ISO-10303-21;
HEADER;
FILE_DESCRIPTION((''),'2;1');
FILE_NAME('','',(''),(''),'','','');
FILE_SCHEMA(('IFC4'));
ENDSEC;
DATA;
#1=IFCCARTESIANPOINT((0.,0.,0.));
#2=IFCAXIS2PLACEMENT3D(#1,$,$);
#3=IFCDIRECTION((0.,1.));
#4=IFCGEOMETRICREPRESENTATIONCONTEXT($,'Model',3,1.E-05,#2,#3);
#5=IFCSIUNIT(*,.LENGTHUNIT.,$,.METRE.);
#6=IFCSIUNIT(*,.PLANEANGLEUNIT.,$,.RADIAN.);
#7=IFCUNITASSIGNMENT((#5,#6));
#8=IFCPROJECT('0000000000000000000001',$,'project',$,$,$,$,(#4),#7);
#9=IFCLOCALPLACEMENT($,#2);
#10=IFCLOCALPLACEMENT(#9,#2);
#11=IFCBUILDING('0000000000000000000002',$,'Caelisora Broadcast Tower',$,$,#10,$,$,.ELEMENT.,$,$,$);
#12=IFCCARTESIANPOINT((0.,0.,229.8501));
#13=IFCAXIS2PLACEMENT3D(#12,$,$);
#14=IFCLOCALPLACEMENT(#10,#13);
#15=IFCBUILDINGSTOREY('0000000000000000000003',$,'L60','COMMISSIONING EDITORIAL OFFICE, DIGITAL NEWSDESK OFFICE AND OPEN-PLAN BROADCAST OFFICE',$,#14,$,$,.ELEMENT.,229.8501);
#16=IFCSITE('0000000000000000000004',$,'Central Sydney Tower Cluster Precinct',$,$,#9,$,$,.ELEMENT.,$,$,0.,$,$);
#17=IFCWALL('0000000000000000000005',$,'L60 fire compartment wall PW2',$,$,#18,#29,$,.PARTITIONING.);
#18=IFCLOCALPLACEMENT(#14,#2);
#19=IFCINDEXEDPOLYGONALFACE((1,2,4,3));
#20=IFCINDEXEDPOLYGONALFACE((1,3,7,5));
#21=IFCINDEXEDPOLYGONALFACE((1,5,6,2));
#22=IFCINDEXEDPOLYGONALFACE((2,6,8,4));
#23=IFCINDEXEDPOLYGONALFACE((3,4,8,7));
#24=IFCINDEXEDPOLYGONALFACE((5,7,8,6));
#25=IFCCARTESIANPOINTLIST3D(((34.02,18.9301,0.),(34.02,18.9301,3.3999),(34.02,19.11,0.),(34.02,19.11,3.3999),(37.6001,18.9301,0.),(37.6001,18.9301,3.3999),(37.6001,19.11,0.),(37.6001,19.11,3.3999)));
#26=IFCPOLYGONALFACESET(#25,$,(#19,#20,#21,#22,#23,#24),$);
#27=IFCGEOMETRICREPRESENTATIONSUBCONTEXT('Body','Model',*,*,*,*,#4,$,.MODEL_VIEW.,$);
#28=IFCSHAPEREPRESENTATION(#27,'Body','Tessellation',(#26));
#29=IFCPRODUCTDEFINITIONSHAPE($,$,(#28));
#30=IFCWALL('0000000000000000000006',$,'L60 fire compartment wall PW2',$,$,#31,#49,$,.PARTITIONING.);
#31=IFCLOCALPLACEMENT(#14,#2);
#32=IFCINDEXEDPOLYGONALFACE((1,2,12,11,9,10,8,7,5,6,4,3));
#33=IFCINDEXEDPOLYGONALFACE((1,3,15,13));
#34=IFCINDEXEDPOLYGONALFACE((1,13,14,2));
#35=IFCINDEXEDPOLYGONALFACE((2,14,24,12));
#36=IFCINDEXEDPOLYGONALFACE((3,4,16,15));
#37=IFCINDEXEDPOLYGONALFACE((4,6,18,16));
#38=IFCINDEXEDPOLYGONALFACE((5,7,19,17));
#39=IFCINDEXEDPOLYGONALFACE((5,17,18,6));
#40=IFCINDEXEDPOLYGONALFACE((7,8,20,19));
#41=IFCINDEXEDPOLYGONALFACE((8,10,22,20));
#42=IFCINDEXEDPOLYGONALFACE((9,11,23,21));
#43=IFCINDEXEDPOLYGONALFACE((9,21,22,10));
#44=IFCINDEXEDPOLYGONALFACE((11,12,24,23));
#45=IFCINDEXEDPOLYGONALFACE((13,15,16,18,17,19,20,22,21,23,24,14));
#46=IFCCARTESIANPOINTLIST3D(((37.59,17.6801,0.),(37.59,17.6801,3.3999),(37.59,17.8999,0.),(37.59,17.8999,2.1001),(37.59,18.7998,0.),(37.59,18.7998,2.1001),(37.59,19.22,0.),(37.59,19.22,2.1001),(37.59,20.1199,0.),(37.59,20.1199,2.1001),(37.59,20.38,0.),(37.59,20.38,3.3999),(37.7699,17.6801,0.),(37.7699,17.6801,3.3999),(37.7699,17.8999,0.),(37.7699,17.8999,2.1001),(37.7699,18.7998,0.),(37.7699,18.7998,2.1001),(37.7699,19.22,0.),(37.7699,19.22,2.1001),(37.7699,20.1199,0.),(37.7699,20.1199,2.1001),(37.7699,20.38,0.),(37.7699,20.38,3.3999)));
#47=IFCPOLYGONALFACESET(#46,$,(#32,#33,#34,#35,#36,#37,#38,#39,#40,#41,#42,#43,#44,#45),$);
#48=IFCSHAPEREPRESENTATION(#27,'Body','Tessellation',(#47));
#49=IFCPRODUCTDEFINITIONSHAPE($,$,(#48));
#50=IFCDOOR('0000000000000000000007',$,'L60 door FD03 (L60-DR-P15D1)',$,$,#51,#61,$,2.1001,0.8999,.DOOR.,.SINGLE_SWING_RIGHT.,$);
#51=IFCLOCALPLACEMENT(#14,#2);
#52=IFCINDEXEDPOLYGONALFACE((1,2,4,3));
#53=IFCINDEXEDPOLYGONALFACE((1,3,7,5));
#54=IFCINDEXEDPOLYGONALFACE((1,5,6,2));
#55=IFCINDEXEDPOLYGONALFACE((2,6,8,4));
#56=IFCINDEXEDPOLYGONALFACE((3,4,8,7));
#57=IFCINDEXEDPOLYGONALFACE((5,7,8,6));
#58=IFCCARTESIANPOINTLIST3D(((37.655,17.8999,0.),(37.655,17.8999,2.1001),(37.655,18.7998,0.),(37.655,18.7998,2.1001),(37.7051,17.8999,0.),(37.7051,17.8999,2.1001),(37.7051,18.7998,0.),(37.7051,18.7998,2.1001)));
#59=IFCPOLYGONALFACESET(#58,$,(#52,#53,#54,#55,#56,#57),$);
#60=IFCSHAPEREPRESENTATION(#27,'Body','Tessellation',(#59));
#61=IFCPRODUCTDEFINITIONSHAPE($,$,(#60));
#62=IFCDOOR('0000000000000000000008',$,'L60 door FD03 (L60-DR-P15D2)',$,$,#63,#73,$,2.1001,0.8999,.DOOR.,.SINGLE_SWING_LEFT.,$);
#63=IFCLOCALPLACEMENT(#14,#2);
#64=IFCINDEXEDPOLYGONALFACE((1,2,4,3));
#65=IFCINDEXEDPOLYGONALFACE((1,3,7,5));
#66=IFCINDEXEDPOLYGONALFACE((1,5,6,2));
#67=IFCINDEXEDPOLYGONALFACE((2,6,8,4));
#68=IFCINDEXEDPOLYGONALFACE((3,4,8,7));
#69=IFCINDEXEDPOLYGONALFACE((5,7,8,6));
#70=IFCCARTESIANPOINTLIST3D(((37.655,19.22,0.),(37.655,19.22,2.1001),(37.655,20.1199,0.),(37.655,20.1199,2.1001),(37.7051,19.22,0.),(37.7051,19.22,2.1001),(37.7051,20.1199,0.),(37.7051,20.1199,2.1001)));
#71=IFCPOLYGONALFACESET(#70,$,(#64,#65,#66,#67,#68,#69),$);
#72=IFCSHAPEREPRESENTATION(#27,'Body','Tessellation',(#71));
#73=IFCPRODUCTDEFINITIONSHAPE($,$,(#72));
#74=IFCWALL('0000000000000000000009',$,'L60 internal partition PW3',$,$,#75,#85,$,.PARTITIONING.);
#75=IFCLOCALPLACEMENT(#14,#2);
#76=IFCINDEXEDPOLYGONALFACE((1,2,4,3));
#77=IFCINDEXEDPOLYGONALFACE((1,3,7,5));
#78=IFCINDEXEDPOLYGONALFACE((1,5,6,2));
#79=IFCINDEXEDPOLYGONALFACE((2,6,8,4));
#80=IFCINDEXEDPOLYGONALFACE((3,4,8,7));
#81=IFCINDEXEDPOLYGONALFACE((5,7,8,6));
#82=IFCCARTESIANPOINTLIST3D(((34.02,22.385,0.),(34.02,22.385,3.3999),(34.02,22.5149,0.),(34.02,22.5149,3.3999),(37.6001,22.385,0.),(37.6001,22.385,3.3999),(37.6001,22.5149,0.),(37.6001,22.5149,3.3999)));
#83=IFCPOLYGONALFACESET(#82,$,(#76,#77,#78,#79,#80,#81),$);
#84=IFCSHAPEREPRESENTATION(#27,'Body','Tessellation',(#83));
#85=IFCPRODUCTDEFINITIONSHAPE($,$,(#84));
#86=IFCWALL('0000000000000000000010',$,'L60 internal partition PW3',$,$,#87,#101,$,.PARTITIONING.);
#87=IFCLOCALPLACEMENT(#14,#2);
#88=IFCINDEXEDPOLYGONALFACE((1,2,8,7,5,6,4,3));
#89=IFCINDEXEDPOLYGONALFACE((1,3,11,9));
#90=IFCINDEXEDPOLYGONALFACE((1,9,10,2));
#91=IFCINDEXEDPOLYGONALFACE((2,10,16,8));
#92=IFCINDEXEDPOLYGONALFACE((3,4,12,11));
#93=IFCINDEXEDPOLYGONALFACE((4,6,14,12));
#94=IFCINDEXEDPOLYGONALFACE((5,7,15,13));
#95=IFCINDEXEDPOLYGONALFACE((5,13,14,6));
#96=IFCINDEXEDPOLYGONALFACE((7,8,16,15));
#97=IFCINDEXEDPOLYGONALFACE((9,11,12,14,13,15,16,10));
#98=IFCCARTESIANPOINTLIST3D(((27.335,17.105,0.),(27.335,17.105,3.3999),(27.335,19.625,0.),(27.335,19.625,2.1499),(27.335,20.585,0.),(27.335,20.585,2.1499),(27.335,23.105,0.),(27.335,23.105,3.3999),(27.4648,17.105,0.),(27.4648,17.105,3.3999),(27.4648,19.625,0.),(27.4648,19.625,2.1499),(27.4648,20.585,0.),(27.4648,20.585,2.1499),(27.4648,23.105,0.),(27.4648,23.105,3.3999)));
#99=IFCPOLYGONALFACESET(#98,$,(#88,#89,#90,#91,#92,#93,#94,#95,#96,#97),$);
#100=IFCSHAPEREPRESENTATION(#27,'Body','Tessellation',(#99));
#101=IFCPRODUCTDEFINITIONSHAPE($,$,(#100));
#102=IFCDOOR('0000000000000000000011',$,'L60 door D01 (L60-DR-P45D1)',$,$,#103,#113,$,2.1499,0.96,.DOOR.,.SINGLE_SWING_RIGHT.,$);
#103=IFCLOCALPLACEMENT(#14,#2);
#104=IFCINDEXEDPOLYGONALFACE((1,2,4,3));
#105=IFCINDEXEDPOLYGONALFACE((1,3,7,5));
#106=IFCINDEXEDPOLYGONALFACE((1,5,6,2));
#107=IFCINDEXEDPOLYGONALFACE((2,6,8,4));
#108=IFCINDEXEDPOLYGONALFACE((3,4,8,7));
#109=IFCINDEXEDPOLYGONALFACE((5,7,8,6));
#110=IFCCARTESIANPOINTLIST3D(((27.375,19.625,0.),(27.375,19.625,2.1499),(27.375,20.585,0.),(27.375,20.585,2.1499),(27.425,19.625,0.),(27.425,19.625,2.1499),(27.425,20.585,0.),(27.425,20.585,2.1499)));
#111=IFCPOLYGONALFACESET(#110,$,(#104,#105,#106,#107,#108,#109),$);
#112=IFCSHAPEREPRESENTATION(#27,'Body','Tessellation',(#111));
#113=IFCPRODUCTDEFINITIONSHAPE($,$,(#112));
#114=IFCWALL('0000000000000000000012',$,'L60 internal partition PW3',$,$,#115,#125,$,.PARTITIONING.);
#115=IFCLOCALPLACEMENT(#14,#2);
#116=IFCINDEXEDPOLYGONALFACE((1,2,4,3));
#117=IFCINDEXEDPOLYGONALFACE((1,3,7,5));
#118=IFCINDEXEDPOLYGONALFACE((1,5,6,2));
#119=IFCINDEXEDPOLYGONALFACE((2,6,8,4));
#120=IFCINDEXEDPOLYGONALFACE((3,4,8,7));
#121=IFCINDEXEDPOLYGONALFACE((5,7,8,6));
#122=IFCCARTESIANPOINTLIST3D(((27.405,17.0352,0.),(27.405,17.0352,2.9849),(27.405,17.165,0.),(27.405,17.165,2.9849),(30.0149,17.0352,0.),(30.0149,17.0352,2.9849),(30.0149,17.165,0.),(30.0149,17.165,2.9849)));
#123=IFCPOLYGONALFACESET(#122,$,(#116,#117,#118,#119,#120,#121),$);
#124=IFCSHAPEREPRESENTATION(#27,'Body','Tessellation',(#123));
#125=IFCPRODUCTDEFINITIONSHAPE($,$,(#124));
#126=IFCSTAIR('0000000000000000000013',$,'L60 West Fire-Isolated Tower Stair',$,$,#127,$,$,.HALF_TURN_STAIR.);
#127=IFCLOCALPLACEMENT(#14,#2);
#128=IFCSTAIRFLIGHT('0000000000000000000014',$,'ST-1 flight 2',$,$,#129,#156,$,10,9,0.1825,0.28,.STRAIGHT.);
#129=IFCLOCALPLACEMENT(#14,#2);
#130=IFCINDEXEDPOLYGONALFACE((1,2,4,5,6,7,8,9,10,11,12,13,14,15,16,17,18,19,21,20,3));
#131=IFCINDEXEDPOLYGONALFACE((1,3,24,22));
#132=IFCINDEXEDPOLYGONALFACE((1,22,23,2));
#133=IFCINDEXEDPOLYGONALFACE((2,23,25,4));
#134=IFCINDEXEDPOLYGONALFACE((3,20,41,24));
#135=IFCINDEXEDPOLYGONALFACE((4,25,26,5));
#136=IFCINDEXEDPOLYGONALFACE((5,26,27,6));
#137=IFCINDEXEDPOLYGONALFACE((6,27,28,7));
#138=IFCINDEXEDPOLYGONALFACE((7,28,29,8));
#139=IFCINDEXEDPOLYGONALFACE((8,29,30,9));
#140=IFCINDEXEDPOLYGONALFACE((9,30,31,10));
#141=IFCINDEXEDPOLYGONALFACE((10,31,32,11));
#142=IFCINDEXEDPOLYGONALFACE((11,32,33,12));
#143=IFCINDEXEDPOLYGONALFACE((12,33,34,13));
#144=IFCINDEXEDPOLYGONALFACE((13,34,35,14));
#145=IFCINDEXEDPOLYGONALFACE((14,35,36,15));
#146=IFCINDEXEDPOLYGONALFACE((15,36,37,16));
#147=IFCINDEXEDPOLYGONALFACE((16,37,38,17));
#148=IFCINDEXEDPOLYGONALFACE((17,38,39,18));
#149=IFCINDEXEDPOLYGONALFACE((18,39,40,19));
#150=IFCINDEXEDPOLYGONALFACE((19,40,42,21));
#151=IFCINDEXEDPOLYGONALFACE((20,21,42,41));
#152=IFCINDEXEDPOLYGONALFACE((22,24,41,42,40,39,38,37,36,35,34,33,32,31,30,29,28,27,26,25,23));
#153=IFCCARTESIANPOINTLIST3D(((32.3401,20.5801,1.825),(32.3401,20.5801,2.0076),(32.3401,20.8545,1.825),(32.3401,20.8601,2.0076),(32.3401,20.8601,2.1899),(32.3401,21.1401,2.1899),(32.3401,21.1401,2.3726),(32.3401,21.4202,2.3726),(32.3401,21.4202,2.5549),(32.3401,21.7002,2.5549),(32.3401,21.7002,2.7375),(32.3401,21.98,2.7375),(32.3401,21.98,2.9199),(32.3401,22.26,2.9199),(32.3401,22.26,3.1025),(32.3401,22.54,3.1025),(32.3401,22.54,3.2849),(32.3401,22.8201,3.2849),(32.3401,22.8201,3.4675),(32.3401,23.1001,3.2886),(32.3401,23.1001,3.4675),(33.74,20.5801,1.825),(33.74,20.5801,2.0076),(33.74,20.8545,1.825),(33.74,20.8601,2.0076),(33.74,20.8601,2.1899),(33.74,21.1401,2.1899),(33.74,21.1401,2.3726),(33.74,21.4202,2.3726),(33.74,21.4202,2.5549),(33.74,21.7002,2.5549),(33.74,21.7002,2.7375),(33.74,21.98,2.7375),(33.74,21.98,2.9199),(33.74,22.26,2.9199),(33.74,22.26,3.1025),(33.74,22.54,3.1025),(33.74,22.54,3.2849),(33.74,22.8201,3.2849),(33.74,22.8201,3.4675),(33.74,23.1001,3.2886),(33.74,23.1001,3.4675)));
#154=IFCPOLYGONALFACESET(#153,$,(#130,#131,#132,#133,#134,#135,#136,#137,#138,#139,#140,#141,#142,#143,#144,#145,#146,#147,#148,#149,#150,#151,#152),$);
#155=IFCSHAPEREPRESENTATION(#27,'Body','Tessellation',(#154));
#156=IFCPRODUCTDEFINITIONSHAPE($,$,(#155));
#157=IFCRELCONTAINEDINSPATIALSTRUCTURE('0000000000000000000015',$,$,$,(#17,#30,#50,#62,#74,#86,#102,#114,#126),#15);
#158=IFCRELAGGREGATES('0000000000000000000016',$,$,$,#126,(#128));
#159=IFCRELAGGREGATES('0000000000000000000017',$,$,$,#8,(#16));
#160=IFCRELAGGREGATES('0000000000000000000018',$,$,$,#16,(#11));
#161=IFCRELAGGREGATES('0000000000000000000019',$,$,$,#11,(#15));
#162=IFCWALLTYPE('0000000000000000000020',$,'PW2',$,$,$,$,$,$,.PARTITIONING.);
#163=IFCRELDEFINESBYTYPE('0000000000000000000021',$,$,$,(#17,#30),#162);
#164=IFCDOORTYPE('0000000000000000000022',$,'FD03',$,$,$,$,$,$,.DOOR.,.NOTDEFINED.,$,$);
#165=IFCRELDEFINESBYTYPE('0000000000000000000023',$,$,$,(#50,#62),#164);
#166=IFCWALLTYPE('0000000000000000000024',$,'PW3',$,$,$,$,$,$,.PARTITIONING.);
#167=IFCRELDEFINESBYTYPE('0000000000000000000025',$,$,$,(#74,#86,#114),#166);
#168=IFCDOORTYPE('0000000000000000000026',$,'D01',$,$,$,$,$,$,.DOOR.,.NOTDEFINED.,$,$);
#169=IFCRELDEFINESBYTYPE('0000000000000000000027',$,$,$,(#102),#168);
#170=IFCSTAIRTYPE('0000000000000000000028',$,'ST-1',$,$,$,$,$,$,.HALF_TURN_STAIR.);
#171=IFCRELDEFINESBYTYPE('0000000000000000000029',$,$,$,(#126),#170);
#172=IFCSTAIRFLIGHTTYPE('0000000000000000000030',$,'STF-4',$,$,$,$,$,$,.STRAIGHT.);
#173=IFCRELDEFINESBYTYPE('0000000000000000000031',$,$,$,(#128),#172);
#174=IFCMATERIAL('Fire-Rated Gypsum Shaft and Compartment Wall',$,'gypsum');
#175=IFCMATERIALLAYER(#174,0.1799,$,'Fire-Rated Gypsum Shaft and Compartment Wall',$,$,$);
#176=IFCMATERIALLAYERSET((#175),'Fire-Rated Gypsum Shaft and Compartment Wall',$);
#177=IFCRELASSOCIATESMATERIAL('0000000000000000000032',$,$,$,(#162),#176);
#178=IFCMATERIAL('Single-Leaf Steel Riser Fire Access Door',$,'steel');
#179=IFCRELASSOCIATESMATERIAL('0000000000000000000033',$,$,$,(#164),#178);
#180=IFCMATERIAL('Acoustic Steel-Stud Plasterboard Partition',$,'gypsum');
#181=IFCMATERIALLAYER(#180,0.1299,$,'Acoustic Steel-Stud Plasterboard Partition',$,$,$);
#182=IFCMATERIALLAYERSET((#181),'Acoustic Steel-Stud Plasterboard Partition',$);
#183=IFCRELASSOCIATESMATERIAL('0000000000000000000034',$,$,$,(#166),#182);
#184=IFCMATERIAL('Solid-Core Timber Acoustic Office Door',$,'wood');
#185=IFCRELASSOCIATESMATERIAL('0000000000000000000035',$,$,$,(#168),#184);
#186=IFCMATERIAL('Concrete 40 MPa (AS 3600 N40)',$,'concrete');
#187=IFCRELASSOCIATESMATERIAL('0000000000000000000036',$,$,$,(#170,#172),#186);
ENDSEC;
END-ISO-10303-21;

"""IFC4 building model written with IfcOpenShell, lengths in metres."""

from ifc_helpers import new_model, si_unit, direction, frame, frame_2d, origin, place, context, subcontext, project, spatial, polyline, rectangle, outline, extrude, material, layer, layer_set, type_object, element, fill, aggregate, save


model = new_model("IFC4")

# Units and contexts
model_context = context("Model", 3, precision=1e-05, world=origin(), true_north=direction((0.0, 1.0)))
body_context = subcontext(model_context, "Body", "Model", "MODEL_VIEW")
ifc_project = project(units=[si_unit("LENGTHUNIT", "METRE"), si_unit("PLANEANGLEUNIT", "RADIAN")], contexts=[model_context])

# Site, building, storey
site_placement = place(None, origin())
site = spatial("IfcSite", under=ifc_project, at=site_placement, Name="Central Sydney Tower Cluster Precinct", CompositionType="ELEMENT", RefElevation=0.0)
building_placement = place(site_placement, origin())
building = spatial("IfcBuilding", under=site, at=building_placement, Name="Caelisora Broadcast Tower", CompositionType="ELEMENT")
storey_placement = place(building_placement, frame((0.0, 0.0, 229.8501)))
storey = spatial("IfcBuildingStorey", under=building, at=storey_placement, Name="L60", Description="COMMISSIONING EDITORIAL OFFICE, DIGITAL NEWSDESK OFFICE AND OPEN-PLAN BROADCAST OFFICE", CompositionType="ELEMENT", Elevation=229.8501)

# Wall
ifc_material_1 = material(Name="Concrete 40 MPa (AS 3600 N40)", Category="concrete")
ifc_material_2 = material(Name="Fire-Rated Gypsum Shaft and Compartment Wall", Category="gypsum")
ifc_layer_1 = layer(ifc_material_2, 0.1799, Name="Fire-Rated Gypsum Shaft and Compartment Wall")
ifc_layer_set_1 = layer_set([ifc_layer_1], Name="Fire-Rated Gypsum Shaft and Compartment Wall")
wall_type_1 = type_object("IfcWallType", Name="PW2", PredefinedType="PARTITIONING", material=ifc_layer_set_1)
wall_1_placement = place(storey_placement, frame((34.02, 19.02, 0.0), z_axis=(0.0, 0.0, 1.0), x_axis=(1.0, 0.0, 0.0)))
element("IfcWall", 1, at=wall_1_placement, inside=storey, type_object=wall_type_1, Name="L60 fire compartment wall PW2", PredefinedType="PARTITIONING", context=body_context, shape_type="SweptSolid", body=[
    extrude(rectangle(XDim=3.5801, YDim=0.1799, at=frame_2d((1.79, 0.0))), origin(), (0.0, 0.0, 1.0), 3.3999),
])

# Wall, openings, doors
wall_2_placement = place(storey_placement, frame((37.6799, 17.6799, 0.0), z_axis=(0.0, 0.0, 1.0), x_axis=(0.0, 1.0, 0.0)))
wall_2 = element("IfcWall", 2, at=wall_2_placement, inside=storey, type_object=wall_type_1, Name="L60 fire compartment wall PW2", PredefinedType="PARTITIONING", context=body_context, shape_type="SweptSolid", body=[
    extrude(rectangle(XDim=2.7, YDim=0.1799, at=frame_2d((1.3501, 0.0))), origin(), (0.0, 0.0, 1.0), 3.3999),
])
opening_1_placement = place(wall_2_placement, frame((0.22, 0.0, 0.0)))
opening_1 = element("IfcOpeningElement", 3, at=opening_1_placement, cuts=wall_2, PredefinedType="OPENING", context=body_context, shape_type="SweptSolid", body=[
    extrude(rectangle(XDim=0.8999, YDim=2.1001, at=frame_2d((0.45, 1.05))), frame((0.0, 0.1021, 0.0), z_axis=(0.0, -1.0, 0.0), x_axis=(1.0, 0.0, 0.0)), (0.0, 0.0, 1.0), 0.2039),
])
opening_2_placement = place(wall_2_placement, frame((1.54, 0.0, 0.0)))
opening_2 = element("IfcOpeningElement", 4, at=opening_2_placement, cuts=wall_2, PredefinedType="OPENING", context=body_context, shape_type="SweptSolid", body=[
    extrude(rectangle(XDim=0.8999, YDim=2.1001, at=frame_2d((0.45, 1.05))), frame((0.0, 0.1021, 0.0), z_axis=(0.0, -1.0, 0.0), x_axis=(1.0, 0.0, 0.0)), (0.0, 0.0, 1.0), 0.2039),
])
ifc_material_3 = material(Name="Single-Leaf Steel Riser Fire Access Door", Category="steel")
door_type_1 = type_object("IfcDoorType", Name="FD03", OperationType="NOTDEFINED", PredefinedType="DOOR", material=ifc_material_3)
door_1_placement = place(opening_1_placement, origin())
door_1 = element("IfcDoor", 5, at=door_1_placement, inside=storey, type_object=door_type_1, Name="L60 door FD03 (L60-DR-P15D1)", OperationType="SINGLE_SWING_RIGHT", OverallHeight=2.1001, OverallWidth=0.8999, PredefinedType="DOOR", context=body_context, shape_type="SweptSolid", body=[
    extrude(rectangle(XDim=0.8999, YDim=2.1001, at=frame_2d((0.45, 1.05))), frame((0.0, 0.0249, 0.0), z_axis=(0.0, -1.0, 0.0), x_axis=(1.0, 0.0, 0.0)), (0.0, 0.0, 1.0), 0.05),
])
fill(opening_1, door_1)
door_2_placement = place(opening_2_placement, origin())
door_2 = element("IfcDoor", 6, at=door_2_placement, inside=storey, type_object=door_type_1, Name="L60 door FD03 (L60-DR-P15D2)", OperationType="SINGLE_SWING_LEFT", OverallHeight=2.1001, OverallWidth=0.8999, PredefinedType="DOOR", context=body_context, shape_type="SweptSolid", body=[
    extrude(rectangle(XDim=0.8999, YDim=2.1001, at=frame_2d((0.45, 1.05))), frame((0.0, 0.0249, 0.0), z_axis=(0.0, -1.0, 0.0), x_axis=(1.0, 0.0, 0.0)), (0.0, 0.0, 1.0), 0.05),
])
fill(opening_2, door_2)

# Wall
ifc_material_4 = material(Name="Acoustic Steel-Stud Plasterboard Partition", Category="gypsum")
ifc_layer_2 = layer(ifc_material_4, 0.1299, Name="Acoustic Steel-Stud Plasterboard Partition")
ifc_layer_set_2 = layer_set([ifc_layer_2], Name="Acoustic Steel-Stud Plasterboard Partition")
wall_type_2 = type_object("IfcWallType", Name="PW3", PredefinedType="PARTITIONING", material=ifc_layer_set_2)
wall_3_placement = place(storey_placement, frame((34.02, 22.45, 0.0), z_axis=(0.0, 0.0, 1.0), x_axis=(1.0, 0.0, 0.0)))
element("IfcWall", 7, at=wall_3_placement, inside=storey, type_object=wall_type_2, Name="L60 internal partition PW3", PredefinedType="PARTITIONING", context=body_context, shape_type="SweptSolid", body=[
    extrude(rectangle(XDim=3.5801, YDim=0.1299, at=frame_2d((1.79, 0.0))), origin(), (0.0, 0.0, 1.0), 3.3999),
])

# Wall, opening, door
wall_4_placement = place(storey_placement, frame((27.3999, 17.105, 0.0), z_axis=(0.0, 0.0, 1.0), x_axis=(0.0, 1.0, 0.0)))
wall_4 = element("IfcWall", 8, at=wall_4_placement, inside=storey, type_object=wall_type_2, Name="L60 internal partition PW3", PredefinedType="PARTITIONING", context=body_context, shape_type="SweptSolid", body=[
    extrude(rectangle(XDim=6.0, YDim=0.1299, at=frame_2d((3.0, 0.0))), origin(), (0.0, 0.0, 1.0), 3.3999),
])
opening_3_placement = place(wall_4_placement, frame((2.52, 0.0, 0.0)))
opening_3 = element("IfcOpeningElement", 9, at=opening_3_placement, cuts=wall_4, PredefinedType="OPENING", context=body_context, shape_type="SweptSolid", body=[
    extrude(rectangle(XDim=0.96, YDim=2.1499, at=frame_2d((0.48, 1.075))), frame((0.0, 0.0769, 0.0), z_axis=(0.0, -1.0, 0.0), x_axis=(1.0, 0.0, 0.0)), (0.0, 0.0, 1.0), 0.1538),
])
ifc_material_5 = material(Name="Solid-Core Timber Acoustic Office Door", Category="wood")
door_type_2 = type_object("IfcDoorType", Name="D01", OperationType="NOTDEFINED", PredefinedType="DOOR", material=ifc_material_5)
door_3_placement = place(opening_3_placement, origin())
door_3 = element("IfcDoor", 10, at=door_3_placement, inside=storey, type_object=door_type_2, Name="L60 door D01 (L60-DR-P45D1)", OperationType="SINGLE_SWING_RIGHT", OverallHeight=2.1499, OverallWidth=0.96, PredefinedType="DOOR", context=body_context, shape_type="SweptSolid", body=[
    extrude(rectangle(XDim=0.96, YDim=2.1499, at=frame_2d((0.48, 1.075))), frame((0.0, 0.0249, 0.0), z_axis=(0.0, -1.0, 0.0), x_axis=(1.0, 0.0, 0.0)), (0.0, 0.0, 1.0), 0.05),
])
fill(opening_3, door_3)

# Wall
wall_5_placement = place(storey_placement, frame((30.0149, 17.1001, 0.0), z_axis=(0.0, 0.0, 1.0), x_axis=(-1.0, 0.0, 0.0)))
element("IfcWall", 11, at=wall_5_placement, inside=storey, type_object=wall_type_2, Name="L60 internal partition PW3", PredefinedType="PARTITIONING", context=body_context, shape_type="SweptSolid", body=[
    extrude(rectangle(XDim=2.6099, YDim=0.1299, at=frame_2d((1.3049, 0.0))), origin(), (0.0, 0.0, 1.0), 2.9849),
])

# Stair, stair flight
stair_type = type_object("IfcStairType", Name="ST-1", PredefinedType="HALF_TURN_STAIR", material=ifc_material_1)
stair_placement = place(storey_placement, origin())
stair = element("IfcStair", 12, at=stair_placement, inside=storey, type_object=stair_type, Name="L60 West Fire-Isolated Tower Stair", PredefinedType="HALF_TURN_STAIR")
stair_flight_type = type_object("IfcStairFlightType", Name="STF-4", PredefinedType="STRAIGHT", material=ifc_material_1)
stair_flight_placement = place(storey_placement, frame((33.04, 20.5801, 1.825), z_axis=(0.0, 0.0, 1.0), x_axis=(0.0, 1.0, 0.0)))
stair_flight = element("IfcStairFlight", 13, at=stair_flight_placement, type_object=stair_flight_type, Name="ST-1 flight 2", NumberOfRisers=10, NumberOfTreads=9, PredefinedType="STRAIGHT", RiserHeight=0.1825, TreadLength=0.28, context=body_context, shape_type="SweptSolid", body=[
    extrude(outline(polyline([(0.0, 0.0), (0.0, 0.1826), (0.28, 0.1826), (0.28, 0.365), (0.5601, 0.365), (0.5601, 0.5476), (0.8401, 0.5476), (0.8401, 0.73), (1.1201, 0.73), (1.1201, 0.9126), (1.3999, 0.9126), (1.3999, 1.095), (1.6799, 1.095), (1.6799, 1.2776), (1.96, 1.2776), (1.96, 1.46), (2.24, 1.46), (2.24, 1.6426), (2.52, 1.6426), (2.52, 1.825), (2.52, 1.4636), (0.2744, 0.0), (0.0, 0.0)])), frame((0.0, 0.7, 0.0), z_axis=(0.0, -1.0, 0.0), x_axis=(1.0, 0.0, 0.0)), (0.0, 0.0, 1.0), 1.3999),
])
aggregate(stair, [stair_flight])

save(model, "model.ifc")
